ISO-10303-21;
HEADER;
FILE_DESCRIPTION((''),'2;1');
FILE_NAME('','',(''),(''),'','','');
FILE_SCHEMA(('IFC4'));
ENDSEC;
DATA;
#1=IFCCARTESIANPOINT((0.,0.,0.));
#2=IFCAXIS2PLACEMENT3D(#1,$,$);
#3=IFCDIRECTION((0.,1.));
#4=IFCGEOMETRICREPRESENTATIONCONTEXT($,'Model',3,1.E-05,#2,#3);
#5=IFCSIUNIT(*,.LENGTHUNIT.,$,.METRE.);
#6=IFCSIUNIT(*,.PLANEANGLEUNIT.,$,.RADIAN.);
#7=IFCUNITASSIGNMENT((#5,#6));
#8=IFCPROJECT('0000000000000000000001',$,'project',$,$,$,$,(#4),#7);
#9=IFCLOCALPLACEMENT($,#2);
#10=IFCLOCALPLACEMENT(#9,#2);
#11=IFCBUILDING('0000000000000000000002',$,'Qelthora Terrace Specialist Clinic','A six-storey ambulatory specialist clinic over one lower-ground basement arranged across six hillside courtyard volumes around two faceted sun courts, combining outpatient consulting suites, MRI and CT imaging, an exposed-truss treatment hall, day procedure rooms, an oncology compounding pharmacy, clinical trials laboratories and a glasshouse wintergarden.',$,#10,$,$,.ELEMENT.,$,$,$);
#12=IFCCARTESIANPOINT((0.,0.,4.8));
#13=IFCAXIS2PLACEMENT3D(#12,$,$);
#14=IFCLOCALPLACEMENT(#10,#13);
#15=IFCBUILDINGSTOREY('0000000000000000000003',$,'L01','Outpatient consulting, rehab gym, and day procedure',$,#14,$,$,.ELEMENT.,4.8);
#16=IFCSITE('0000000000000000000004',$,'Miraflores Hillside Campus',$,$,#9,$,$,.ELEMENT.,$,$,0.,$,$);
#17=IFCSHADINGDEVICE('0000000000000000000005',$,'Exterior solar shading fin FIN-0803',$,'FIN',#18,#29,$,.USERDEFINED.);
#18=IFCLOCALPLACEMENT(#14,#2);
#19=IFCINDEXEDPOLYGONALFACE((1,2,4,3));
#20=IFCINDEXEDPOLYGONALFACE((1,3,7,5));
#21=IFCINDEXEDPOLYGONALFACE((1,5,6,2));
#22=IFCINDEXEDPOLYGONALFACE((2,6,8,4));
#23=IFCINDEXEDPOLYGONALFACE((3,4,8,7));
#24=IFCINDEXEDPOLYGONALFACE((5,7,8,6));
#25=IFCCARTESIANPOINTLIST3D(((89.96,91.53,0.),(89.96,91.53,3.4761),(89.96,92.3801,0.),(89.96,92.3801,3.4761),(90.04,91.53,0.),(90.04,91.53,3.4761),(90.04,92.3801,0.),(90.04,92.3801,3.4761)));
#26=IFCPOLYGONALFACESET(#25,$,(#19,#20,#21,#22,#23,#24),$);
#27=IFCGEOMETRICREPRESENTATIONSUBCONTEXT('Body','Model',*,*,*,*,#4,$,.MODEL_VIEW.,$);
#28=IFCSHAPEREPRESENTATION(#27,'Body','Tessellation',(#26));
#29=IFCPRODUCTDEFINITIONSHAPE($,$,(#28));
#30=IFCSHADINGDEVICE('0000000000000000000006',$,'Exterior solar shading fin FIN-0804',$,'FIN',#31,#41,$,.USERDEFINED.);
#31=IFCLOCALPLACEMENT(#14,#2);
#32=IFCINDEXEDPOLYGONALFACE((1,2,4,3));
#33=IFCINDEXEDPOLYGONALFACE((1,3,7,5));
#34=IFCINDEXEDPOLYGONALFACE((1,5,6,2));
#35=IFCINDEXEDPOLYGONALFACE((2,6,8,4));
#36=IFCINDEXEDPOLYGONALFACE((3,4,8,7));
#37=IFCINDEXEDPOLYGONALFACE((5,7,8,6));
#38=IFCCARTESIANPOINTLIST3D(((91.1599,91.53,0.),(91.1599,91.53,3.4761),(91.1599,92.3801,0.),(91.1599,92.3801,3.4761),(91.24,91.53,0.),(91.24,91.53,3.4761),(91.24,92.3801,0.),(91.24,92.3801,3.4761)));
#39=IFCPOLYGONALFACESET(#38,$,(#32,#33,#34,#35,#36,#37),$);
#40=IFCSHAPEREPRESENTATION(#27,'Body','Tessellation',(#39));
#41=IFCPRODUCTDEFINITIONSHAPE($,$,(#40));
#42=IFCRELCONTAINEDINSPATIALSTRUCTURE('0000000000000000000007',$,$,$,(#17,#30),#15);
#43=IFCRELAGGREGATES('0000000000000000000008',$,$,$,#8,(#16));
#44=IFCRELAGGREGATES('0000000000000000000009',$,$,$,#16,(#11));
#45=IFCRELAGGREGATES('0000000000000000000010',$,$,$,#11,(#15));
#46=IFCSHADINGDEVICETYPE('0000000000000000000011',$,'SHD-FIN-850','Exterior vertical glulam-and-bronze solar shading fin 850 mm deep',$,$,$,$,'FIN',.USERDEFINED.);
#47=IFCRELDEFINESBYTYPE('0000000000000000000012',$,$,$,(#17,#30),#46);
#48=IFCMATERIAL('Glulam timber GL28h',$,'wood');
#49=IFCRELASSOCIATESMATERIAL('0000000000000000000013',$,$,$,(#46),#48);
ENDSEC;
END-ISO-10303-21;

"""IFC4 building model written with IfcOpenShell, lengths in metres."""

from ifc_helpers import new_model, si_unit, direction, frame, origin, origin_2d, place, context, subcontext, project, spatial, rectangle, extrude, material, type_object, element, save


model = new_model("IFC4")

# Units and contexts
model_context = context("Model", 3, precision=1e-05, world=origin(), true_north=direction((0.0, 1.0)))
body_context = subcontext(model_context, "Body", "Model", "MODEL_VIEW")
ifc_project = project(units=[si_unit("LENGTHUNIT", "METRE"), si_unit("PLANEANGLEUNIT", "RADIAN")], contexts=[model_context])

# Site, building, storey
site_placement = place(None, origin())
site = spatial("IfcSite", under=ifc_project, at=site_placement, Name="Miraflores Hillside Campus", CompositionType="ELEMENT", RefElevation=0.0)
building_placement = place(site_placement, origin())
building = spatial("IfcBuilding", under=site, at=building_placement, Name="Qelthora Terrace Specialist Clinic", Description="A six-storey ambulatory specialist clinic over one lower-ground basement arranged across six hillside courtyard volumes around two faceted sun courts, combining outpatient consulting suites, MRI and CT imaging, an exposed-truss treatment hall, day procedure rooms, an oncology compounding pharmacy, clinical trials laboratories and a glasshouse wintergarden.", CompositionType="ELEMENT")
storey_placement = place(building_placement, frame((0.0, 0.0, 4.8)))
storey = spatial("IfcBuildingStorey", under=building, at=storey_placement, Name="L01", Description="Outpatient consulting, rehab gym, and day procedure", CompositionType="ELEMENT", Elevation=4.8)

# Shading devices
ifc_material_1 = material(Name="Glulam timber GL28h", Category="wood")
shading_device_type = type_object("IfcShadingDeviceType", Name="SHD-FIN-850", Description="Exterior vertical glulam-and-bronze solar shading fin 850 mm deep", ElementType="FIN", PredefinedType="USERDEFINED", material=ifc_material_1)
for number, where, z_axis, x_axis, name in (
    (1, (90.0, 91.9551, 0.0), (0.0, 0.0, 1.0), (0.0, -1.0, 0.0), "Exterior solar shading fin FIN-0803"),
    (2, (91.2, 91.9551, 0.0), (0.0, 0.0, 1.0), (0.0, -1.0, 0.0), "Exterior solar shading fin FIN-0804"),
):
    element("IfcShadingDevice", number, at=place(storey_placement, frame(where, z_axis=z_axis, x_axis=x_axis)), inside=storey, type_object=shading_device_type, Name=name, ObjectType="FIN", PredefinedType="USERDEFINED", context=body_context, shape_type="SweptSolid", body=[
        extrude(rectangle(XDim=0.8501, YDim=0.0801, at=origin_2d()), origin(), (0.0, 0.0, 1.0), 3.4761),
    ])

save(model, "model.ifc")
